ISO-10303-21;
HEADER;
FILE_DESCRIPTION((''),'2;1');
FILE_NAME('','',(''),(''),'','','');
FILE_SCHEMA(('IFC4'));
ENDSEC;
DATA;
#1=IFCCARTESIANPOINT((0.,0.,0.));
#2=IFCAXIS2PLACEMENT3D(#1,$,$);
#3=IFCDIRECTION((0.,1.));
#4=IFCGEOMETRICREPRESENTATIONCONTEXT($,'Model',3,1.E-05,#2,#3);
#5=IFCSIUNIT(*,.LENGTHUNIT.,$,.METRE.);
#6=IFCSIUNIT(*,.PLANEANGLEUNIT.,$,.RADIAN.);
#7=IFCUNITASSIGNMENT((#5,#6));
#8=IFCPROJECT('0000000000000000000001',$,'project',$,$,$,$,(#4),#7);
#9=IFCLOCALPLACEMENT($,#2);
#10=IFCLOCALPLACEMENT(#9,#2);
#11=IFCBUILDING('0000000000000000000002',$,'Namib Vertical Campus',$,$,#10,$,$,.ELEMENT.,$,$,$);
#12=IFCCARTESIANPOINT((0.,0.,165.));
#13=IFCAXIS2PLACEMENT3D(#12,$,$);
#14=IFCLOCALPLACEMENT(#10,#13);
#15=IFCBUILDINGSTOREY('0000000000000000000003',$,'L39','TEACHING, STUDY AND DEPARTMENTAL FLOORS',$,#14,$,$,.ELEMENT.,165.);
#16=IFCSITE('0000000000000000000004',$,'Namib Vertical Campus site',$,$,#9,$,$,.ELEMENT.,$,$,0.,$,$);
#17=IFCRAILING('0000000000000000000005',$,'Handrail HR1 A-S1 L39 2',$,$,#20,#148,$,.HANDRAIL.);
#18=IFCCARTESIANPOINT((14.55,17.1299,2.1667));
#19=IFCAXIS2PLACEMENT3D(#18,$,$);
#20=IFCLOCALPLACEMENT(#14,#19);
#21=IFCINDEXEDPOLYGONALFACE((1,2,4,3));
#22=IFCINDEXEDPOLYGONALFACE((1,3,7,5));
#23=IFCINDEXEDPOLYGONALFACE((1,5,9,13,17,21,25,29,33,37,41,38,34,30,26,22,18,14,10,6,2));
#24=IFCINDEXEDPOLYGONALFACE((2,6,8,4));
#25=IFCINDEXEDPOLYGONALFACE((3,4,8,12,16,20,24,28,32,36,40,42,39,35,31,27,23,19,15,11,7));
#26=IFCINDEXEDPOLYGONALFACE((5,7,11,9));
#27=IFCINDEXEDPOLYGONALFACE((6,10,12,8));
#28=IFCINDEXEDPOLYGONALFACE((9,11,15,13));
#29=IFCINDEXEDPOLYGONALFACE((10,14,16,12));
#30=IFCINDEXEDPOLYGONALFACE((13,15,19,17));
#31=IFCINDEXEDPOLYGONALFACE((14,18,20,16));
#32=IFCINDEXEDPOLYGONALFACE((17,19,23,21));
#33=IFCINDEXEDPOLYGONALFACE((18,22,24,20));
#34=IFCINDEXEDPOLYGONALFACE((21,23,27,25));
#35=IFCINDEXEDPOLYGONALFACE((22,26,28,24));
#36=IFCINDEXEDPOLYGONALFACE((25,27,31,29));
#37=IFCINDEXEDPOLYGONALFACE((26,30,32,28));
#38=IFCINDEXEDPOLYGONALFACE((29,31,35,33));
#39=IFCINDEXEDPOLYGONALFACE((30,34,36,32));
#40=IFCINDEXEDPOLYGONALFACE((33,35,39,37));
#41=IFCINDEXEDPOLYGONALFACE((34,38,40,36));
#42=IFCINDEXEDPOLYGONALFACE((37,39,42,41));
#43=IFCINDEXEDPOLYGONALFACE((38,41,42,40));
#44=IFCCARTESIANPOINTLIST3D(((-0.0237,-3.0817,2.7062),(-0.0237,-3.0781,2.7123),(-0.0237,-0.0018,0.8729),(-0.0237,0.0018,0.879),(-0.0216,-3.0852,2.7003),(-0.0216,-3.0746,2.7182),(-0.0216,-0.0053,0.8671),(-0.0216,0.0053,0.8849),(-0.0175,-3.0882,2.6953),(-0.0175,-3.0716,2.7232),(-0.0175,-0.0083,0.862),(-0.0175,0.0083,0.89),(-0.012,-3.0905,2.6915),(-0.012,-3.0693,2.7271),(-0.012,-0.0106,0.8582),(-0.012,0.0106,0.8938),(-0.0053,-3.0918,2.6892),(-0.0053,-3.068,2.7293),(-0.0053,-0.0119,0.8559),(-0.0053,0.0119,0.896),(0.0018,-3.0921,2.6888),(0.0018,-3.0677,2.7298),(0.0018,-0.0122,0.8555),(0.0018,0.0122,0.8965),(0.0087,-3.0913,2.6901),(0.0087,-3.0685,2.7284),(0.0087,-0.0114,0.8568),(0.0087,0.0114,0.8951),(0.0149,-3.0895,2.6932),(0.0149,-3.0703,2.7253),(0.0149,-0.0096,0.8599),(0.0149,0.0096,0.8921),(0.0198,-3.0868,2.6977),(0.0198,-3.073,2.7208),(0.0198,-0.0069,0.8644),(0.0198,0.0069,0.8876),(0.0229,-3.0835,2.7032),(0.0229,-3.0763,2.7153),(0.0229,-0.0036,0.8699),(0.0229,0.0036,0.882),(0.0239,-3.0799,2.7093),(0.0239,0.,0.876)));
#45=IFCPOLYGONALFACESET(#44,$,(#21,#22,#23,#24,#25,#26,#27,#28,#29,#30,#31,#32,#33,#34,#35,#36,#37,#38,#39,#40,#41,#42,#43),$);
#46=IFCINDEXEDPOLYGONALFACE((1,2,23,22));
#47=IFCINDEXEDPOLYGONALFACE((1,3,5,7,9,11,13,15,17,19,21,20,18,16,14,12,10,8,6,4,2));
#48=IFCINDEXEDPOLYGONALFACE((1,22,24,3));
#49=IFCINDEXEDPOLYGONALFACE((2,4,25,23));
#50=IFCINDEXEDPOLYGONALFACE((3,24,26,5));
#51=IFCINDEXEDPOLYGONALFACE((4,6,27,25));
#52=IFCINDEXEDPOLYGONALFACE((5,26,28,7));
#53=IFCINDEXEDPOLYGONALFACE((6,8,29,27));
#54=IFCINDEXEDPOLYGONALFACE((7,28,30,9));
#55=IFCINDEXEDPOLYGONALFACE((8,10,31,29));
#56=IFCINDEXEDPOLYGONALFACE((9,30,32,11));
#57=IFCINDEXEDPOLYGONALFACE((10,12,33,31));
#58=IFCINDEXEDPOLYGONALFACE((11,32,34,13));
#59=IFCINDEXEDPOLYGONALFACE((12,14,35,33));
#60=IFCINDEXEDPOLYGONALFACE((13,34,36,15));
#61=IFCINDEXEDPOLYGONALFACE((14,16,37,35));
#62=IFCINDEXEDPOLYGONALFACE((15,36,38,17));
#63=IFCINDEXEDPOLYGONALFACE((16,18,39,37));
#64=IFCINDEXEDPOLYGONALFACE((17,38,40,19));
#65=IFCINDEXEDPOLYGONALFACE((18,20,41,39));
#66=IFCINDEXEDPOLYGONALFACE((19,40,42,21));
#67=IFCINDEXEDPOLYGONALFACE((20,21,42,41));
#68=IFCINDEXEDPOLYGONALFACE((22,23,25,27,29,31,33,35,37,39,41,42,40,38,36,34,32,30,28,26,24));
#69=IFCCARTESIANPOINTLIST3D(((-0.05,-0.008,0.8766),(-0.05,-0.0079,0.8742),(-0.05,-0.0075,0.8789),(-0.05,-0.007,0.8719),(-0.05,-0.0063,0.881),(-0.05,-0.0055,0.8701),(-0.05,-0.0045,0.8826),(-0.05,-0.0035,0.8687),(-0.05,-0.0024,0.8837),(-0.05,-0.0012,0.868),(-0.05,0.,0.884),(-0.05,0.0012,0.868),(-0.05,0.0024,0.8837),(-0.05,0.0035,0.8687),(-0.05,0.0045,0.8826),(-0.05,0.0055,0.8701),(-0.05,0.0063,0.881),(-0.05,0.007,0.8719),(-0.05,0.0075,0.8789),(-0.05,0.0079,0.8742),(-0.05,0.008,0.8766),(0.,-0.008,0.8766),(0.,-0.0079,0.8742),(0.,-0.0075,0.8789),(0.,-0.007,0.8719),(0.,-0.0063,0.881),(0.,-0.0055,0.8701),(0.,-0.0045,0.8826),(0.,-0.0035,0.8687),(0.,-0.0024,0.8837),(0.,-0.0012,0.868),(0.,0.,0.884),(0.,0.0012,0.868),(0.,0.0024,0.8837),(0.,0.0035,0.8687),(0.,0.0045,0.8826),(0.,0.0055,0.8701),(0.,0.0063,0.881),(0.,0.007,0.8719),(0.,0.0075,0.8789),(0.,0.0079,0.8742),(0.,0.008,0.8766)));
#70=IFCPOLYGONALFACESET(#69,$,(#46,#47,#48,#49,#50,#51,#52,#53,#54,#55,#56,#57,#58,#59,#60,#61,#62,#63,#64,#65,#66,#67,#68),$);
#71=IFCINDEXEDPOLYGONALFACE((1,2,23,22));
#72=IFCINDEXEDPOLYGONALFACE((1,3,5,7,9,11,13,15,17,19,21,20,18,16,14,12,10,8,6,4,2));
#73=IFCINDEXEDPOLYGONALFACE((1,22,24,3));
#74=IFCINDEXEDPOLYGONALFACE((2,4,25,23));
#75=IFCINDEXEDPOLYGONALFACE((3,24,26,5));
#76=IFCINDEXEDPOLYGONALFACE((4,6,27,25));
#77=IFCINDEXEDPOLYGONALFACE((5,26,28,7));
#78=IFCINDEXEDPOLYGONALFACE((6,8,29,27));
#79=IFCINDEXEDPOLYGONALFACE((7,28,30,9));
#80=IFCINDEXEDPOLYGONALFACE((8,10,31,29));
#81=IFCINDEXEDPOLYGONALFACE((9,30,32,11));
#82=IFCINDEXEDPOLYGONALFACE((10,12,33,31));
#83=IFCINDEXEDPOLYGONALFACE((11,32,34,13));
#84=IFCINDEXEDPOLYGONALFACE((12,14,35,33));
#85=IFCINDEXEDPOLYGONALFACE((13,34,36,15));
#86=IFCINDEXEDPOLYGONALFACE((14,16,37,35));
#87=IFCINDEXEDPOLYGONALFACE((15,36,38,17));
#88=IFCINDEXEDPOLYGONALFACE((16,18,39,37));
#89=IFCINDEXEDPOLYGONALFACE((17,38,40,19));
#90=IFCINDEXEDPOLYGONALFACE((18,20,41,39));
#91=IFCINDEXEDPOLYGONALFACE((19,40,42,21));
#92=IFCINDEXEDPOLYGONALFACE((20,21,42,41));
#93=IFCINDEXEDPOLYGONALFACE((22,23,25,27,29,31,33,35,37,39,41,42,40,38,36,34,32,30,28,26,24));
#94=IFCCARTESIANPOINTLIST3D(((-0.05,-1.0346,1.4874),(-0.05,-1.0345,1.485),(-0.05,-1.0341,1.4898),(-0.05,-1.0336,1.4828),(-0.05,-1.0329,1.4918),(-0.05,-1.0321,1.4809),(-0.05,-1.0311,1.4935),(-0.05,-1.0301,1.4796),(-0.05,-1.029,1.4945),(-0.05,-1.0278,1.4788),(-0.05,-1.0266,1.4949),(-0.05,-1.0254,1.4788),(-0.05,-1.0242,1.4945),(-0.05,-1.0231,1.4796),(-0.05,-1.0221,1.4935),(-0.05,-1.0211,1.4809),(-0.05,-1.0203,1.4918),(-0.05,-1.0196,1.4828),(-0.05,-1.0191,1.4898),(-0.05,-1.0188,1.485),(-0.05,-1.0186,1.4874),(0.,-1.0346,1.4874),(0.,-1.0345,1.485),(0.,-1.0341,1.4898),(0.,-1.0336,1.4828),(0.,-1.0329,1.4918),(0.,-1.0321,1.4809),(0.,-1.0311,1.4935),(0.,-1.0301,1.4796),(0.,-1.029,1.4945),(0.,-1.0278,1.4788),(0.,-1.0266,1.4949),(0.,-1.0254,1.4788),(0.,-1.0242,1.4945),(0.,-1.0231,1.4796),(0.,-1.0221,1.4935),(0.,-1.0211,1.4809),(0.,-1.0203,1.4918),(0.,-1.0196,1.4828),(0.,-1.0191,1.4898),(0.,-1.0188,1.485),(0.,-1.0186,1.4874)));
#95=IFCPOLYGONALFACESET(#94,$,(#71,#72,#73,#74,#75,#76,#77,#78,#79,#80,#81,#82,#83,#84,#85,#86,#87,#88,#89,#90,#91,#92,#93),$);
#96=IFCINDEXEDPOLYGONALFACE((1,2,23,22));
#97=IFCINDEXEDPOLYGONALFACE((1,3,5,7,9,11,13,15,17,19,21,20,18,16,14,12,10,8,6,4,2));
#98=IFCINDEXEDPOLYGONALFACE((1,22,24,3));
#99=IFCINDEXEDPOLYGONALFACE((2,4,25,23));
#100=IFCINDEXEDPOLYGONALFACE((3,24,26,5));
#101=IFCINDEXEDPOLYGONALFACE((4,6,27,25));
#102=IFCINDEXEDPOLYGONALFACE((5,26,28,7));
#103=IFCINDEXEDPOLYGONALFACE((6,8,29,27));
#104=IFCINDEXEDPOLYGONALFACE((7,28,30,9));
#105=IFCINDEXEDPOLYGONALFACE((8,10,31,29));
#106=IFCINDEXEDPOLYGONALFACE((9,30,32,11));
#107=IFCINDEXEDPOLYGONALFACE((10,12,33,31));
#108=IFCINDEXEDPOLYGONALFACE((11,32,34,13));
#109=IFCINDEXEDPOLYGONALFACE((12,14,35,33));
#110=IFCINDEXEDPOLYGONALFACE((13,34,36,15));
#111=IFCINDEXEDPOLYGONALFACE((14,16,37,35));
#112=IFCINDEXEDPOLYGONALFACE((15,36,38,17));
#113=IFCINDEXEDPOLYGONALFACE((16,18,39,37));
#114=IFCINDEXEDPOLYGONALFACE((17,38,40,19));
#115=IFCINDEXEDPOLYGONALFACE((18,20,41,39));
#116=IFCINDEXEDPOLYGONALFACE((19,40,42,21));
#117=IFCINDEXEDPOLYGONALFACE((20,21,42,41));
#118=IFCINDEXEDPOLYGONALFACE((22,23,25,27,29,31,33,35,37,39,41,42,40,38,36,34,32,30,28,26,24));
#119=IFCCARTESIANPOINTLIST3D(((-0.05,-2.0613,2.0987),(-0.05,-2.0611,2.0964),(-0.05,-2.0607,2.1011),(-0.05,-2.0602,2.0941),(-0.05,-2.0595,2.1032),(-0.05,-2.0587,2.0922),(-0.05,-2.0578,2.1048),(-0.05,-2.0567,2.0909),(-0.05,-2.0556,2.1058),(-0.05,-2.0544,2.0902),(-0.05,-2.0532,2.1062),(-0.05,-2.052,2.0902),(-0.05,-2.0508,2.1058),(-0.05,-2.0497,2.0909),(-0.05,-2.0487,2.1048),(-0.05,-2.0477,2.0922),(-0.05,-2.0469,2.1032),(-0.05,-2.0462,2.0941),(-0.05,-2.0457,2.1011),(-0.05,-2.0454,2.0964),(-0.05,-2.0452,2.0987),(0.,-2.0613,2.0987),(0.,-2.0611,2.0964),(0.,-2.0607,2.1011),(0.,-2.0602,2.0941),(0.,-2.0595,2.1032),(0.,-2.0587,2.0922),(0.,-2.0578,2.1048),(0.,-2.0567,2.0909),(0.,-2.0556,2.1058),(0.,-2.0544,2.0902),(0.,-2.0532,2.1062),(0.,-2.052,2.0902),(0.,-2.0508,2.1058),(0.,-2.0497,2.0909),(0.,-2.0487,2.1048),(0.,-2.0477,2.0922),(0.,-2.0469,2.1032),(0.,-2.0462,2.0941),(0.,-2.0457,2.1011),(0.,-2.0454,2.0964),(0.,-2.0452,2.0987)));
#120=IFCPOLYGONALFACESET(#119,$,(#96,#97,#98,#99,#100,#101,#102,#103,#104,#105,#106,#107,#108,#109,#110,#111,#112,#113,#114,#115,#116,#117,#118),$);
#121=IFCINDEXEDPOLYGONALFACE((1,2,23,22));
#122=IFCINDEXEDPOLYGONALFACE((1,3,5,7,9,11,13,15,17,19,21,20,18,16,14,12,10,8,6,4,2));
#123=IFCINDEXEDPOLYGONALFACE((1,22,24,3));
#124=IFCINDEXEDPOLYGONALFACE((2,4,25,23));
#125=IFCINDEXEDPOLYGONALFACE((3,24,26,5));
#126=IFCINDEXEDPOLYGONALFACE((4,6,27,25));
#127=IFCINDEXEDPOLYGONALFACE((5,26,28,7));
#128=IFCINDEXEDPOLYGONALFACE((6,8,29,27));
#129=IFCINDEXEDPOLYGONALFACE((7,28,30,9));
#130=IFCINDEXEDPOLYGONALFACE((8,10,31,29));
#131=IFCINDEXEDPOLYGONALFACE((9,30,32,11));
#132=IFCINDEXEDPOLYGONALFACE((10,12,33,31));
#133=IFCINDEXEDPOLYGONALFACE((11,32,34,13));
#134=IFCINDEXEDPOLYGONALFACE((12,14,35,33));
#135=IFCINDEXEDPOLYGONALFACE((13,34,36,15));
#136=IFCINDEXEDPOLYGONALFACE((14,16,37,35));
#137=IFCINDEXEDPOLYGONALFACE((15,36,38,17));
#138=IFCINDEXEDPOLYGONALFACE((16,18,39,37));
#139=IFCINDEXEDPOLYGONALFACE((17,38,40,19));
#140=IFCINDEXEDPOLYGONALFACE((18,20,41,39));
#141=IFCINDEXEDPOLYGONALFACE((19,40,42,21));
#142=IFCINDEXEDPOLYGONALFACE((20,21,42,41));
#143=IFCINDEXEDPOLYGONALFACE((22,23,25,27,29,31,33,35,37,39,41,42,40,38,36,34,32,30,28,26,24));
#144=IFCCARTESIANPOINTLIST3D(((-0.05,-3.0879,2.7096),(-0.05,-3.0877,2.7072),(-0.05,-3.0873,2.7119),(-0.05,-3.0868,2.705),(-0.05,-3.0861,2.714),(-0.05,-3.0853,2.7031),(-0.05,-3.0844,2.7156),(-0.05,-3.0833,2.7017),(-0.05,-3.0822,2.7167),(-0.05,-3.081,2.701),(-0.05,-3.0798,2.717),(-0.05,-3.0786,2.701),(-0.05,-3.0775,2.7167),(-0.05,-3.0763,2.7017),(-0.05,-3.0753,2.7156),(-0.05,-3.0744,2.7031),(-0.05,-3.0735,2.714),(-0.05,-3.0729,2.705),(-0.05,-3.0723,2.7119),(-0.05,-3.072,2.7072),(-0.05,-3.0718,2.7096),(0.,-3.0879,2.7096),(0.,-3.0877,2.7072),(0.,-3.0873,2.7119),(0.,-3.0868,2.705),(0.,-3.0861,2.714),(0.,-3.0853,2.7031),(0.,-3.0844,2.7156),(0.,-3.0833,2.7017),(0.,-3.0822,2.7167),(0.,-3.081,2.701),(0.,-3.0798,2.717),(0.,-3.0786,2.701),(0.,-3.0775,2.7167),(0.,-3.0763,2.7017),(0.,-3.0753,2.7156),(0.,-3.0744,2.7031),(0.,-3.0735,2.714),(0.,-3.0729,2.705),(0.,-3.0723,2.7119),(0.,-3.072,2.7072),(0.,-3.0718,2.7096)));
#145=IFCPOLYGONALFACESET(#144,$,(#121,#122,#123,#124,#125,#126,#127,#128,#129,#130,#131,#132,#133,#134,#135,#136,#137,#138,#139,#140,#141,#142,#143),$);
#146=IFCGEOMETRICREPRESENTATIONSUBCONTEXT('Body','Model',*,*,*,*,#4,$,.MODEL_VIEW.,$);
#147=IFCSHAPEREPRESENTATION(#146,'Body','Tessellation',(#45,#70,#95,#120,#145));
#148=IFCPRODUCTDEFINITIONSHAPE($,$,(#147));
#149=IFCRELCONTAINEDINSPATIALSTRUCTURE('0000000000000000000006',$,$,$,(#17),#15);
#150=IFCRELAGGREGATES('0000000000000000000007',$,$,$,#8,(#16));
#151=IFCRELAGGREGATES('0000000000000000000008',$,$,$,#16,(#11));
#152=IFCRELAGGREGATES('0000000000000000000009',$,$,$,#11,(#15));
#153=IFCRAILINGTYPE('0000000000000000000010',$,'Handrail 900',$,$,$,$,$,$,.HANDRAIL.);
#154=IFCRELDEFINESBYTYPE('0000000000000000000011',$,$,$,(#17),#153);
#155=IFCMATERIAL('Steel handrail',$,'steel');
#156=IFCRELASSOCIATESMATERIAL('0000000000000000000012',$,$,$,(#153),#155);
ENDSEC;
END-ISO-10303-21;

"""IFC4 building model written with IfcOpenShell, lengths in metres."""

from ifc_helpers import new_model, si_unit, direction, frame, origin, origin_2d, place, context, subcontext, project, spatial, circle, extrude, material, type_object, element, save


model = new_model("IFC4")

# Units and contexts
model_context = context("Model", 3, precision=1e-05, world=origin(), true_north=direction((0.0, 1.0)))
body_context = subcontext(model_context, "Body", "Model", "MODEL_VIEW")
ifc_project = project(units=[si_unit("LENGTHUNIT", "METRE"), si_unit("PLANEANGLEUNIT", "RADIAN")], contexts=[model_context])

# Site, building, storey
site_placement = place(None, origin())
site = spatial("IfcSite", under=ifc_project, at=site_placement, Name="Namib Vertical Campus site", CompositionType="ELEMENT", RefElevation=0.0)
building_placement = place(site_placement, origin())
building = spatial("IfcBuilding", under=site, at=building_placement, Name="Namib Vertical Campus", CompositionType="ELEMENT")
storey_placement = place(building_placement, frame((0.0, 0.0, 165.0)))
storey = spatial("IfcBuildingStorey", under=building, at=storey_placement, Name="L39", Description="TEACHING, STUDY AND DEPARTMENTAL FLOORS", CompositionType="ELEMENT", Elevation=165.0)

# Railing
ifc_material_1 = material(Name="Steel handrail", Category="steel")
railing_type_1 = type_object("IfcRailingType", Name="Handrail 900", PredefinedType="HANDRAIL", material=ifc_material_1)
railing_1_placement = place(storey_placement, frame((14.55, 17.1299, 2.1667)))
element("IfcRailing", 1, at=railing_1_placement, inside=storey, type_object=railing_type_1, Name="Handrail HR1 A-S1 L39 2", PredefinedType="HANDRAIL", context=body_context, shape_type="SweptSolid", body=[
    extrude(circle(Radius=0.0239, at=origin_2d()), frame((0.0, 0.0, 0.876), z_axis=(0.0, -0.859291, 0.511487), x_axis=(1.0, 0.0, 0.0)), (0.0, 0.0, 1.0), 3.5842),
    extrude(circle(Radius=0.0081, at=origin_2d()), frame((0.0, 0.0, 0.876), z_axis=(-1.0, 0.0, 0.0), x_axis=(0.0, 0.0, 1.0)), (0.0, 0.0, 1.0), 0.05),
    extrude(circle(Radius=0.0081, at=origin_2d()), frame((0.0, -1.0266, 1.4868), z_axis=(-1.0, 0.0, 0.0), x_axis=(0.0, 0.0, 1.0)), (0.0, 0.0, 1.0), 0.05),
    extrude(circle(Radius=0.0081, at=origin_2d()), frame((0.0, -2.0532, 2.0981), z_axis=(-1.0, 0.0, 0.0), x_axis=(0.0, 0.0, 1.0)), (0.0, 0.0, 1.0), 0.05),
    extrude(circle(Radius=0.0081, at=origin_2d()), frame((0.0, -3.0798, 2.709), z_axis=(-1.0, 0.0, 0.0), x_axis=(0.0, 0.0, 1.0)), (0.0, 0.0, 1.0), 0.05),
])

save(model, "model.ifc")
